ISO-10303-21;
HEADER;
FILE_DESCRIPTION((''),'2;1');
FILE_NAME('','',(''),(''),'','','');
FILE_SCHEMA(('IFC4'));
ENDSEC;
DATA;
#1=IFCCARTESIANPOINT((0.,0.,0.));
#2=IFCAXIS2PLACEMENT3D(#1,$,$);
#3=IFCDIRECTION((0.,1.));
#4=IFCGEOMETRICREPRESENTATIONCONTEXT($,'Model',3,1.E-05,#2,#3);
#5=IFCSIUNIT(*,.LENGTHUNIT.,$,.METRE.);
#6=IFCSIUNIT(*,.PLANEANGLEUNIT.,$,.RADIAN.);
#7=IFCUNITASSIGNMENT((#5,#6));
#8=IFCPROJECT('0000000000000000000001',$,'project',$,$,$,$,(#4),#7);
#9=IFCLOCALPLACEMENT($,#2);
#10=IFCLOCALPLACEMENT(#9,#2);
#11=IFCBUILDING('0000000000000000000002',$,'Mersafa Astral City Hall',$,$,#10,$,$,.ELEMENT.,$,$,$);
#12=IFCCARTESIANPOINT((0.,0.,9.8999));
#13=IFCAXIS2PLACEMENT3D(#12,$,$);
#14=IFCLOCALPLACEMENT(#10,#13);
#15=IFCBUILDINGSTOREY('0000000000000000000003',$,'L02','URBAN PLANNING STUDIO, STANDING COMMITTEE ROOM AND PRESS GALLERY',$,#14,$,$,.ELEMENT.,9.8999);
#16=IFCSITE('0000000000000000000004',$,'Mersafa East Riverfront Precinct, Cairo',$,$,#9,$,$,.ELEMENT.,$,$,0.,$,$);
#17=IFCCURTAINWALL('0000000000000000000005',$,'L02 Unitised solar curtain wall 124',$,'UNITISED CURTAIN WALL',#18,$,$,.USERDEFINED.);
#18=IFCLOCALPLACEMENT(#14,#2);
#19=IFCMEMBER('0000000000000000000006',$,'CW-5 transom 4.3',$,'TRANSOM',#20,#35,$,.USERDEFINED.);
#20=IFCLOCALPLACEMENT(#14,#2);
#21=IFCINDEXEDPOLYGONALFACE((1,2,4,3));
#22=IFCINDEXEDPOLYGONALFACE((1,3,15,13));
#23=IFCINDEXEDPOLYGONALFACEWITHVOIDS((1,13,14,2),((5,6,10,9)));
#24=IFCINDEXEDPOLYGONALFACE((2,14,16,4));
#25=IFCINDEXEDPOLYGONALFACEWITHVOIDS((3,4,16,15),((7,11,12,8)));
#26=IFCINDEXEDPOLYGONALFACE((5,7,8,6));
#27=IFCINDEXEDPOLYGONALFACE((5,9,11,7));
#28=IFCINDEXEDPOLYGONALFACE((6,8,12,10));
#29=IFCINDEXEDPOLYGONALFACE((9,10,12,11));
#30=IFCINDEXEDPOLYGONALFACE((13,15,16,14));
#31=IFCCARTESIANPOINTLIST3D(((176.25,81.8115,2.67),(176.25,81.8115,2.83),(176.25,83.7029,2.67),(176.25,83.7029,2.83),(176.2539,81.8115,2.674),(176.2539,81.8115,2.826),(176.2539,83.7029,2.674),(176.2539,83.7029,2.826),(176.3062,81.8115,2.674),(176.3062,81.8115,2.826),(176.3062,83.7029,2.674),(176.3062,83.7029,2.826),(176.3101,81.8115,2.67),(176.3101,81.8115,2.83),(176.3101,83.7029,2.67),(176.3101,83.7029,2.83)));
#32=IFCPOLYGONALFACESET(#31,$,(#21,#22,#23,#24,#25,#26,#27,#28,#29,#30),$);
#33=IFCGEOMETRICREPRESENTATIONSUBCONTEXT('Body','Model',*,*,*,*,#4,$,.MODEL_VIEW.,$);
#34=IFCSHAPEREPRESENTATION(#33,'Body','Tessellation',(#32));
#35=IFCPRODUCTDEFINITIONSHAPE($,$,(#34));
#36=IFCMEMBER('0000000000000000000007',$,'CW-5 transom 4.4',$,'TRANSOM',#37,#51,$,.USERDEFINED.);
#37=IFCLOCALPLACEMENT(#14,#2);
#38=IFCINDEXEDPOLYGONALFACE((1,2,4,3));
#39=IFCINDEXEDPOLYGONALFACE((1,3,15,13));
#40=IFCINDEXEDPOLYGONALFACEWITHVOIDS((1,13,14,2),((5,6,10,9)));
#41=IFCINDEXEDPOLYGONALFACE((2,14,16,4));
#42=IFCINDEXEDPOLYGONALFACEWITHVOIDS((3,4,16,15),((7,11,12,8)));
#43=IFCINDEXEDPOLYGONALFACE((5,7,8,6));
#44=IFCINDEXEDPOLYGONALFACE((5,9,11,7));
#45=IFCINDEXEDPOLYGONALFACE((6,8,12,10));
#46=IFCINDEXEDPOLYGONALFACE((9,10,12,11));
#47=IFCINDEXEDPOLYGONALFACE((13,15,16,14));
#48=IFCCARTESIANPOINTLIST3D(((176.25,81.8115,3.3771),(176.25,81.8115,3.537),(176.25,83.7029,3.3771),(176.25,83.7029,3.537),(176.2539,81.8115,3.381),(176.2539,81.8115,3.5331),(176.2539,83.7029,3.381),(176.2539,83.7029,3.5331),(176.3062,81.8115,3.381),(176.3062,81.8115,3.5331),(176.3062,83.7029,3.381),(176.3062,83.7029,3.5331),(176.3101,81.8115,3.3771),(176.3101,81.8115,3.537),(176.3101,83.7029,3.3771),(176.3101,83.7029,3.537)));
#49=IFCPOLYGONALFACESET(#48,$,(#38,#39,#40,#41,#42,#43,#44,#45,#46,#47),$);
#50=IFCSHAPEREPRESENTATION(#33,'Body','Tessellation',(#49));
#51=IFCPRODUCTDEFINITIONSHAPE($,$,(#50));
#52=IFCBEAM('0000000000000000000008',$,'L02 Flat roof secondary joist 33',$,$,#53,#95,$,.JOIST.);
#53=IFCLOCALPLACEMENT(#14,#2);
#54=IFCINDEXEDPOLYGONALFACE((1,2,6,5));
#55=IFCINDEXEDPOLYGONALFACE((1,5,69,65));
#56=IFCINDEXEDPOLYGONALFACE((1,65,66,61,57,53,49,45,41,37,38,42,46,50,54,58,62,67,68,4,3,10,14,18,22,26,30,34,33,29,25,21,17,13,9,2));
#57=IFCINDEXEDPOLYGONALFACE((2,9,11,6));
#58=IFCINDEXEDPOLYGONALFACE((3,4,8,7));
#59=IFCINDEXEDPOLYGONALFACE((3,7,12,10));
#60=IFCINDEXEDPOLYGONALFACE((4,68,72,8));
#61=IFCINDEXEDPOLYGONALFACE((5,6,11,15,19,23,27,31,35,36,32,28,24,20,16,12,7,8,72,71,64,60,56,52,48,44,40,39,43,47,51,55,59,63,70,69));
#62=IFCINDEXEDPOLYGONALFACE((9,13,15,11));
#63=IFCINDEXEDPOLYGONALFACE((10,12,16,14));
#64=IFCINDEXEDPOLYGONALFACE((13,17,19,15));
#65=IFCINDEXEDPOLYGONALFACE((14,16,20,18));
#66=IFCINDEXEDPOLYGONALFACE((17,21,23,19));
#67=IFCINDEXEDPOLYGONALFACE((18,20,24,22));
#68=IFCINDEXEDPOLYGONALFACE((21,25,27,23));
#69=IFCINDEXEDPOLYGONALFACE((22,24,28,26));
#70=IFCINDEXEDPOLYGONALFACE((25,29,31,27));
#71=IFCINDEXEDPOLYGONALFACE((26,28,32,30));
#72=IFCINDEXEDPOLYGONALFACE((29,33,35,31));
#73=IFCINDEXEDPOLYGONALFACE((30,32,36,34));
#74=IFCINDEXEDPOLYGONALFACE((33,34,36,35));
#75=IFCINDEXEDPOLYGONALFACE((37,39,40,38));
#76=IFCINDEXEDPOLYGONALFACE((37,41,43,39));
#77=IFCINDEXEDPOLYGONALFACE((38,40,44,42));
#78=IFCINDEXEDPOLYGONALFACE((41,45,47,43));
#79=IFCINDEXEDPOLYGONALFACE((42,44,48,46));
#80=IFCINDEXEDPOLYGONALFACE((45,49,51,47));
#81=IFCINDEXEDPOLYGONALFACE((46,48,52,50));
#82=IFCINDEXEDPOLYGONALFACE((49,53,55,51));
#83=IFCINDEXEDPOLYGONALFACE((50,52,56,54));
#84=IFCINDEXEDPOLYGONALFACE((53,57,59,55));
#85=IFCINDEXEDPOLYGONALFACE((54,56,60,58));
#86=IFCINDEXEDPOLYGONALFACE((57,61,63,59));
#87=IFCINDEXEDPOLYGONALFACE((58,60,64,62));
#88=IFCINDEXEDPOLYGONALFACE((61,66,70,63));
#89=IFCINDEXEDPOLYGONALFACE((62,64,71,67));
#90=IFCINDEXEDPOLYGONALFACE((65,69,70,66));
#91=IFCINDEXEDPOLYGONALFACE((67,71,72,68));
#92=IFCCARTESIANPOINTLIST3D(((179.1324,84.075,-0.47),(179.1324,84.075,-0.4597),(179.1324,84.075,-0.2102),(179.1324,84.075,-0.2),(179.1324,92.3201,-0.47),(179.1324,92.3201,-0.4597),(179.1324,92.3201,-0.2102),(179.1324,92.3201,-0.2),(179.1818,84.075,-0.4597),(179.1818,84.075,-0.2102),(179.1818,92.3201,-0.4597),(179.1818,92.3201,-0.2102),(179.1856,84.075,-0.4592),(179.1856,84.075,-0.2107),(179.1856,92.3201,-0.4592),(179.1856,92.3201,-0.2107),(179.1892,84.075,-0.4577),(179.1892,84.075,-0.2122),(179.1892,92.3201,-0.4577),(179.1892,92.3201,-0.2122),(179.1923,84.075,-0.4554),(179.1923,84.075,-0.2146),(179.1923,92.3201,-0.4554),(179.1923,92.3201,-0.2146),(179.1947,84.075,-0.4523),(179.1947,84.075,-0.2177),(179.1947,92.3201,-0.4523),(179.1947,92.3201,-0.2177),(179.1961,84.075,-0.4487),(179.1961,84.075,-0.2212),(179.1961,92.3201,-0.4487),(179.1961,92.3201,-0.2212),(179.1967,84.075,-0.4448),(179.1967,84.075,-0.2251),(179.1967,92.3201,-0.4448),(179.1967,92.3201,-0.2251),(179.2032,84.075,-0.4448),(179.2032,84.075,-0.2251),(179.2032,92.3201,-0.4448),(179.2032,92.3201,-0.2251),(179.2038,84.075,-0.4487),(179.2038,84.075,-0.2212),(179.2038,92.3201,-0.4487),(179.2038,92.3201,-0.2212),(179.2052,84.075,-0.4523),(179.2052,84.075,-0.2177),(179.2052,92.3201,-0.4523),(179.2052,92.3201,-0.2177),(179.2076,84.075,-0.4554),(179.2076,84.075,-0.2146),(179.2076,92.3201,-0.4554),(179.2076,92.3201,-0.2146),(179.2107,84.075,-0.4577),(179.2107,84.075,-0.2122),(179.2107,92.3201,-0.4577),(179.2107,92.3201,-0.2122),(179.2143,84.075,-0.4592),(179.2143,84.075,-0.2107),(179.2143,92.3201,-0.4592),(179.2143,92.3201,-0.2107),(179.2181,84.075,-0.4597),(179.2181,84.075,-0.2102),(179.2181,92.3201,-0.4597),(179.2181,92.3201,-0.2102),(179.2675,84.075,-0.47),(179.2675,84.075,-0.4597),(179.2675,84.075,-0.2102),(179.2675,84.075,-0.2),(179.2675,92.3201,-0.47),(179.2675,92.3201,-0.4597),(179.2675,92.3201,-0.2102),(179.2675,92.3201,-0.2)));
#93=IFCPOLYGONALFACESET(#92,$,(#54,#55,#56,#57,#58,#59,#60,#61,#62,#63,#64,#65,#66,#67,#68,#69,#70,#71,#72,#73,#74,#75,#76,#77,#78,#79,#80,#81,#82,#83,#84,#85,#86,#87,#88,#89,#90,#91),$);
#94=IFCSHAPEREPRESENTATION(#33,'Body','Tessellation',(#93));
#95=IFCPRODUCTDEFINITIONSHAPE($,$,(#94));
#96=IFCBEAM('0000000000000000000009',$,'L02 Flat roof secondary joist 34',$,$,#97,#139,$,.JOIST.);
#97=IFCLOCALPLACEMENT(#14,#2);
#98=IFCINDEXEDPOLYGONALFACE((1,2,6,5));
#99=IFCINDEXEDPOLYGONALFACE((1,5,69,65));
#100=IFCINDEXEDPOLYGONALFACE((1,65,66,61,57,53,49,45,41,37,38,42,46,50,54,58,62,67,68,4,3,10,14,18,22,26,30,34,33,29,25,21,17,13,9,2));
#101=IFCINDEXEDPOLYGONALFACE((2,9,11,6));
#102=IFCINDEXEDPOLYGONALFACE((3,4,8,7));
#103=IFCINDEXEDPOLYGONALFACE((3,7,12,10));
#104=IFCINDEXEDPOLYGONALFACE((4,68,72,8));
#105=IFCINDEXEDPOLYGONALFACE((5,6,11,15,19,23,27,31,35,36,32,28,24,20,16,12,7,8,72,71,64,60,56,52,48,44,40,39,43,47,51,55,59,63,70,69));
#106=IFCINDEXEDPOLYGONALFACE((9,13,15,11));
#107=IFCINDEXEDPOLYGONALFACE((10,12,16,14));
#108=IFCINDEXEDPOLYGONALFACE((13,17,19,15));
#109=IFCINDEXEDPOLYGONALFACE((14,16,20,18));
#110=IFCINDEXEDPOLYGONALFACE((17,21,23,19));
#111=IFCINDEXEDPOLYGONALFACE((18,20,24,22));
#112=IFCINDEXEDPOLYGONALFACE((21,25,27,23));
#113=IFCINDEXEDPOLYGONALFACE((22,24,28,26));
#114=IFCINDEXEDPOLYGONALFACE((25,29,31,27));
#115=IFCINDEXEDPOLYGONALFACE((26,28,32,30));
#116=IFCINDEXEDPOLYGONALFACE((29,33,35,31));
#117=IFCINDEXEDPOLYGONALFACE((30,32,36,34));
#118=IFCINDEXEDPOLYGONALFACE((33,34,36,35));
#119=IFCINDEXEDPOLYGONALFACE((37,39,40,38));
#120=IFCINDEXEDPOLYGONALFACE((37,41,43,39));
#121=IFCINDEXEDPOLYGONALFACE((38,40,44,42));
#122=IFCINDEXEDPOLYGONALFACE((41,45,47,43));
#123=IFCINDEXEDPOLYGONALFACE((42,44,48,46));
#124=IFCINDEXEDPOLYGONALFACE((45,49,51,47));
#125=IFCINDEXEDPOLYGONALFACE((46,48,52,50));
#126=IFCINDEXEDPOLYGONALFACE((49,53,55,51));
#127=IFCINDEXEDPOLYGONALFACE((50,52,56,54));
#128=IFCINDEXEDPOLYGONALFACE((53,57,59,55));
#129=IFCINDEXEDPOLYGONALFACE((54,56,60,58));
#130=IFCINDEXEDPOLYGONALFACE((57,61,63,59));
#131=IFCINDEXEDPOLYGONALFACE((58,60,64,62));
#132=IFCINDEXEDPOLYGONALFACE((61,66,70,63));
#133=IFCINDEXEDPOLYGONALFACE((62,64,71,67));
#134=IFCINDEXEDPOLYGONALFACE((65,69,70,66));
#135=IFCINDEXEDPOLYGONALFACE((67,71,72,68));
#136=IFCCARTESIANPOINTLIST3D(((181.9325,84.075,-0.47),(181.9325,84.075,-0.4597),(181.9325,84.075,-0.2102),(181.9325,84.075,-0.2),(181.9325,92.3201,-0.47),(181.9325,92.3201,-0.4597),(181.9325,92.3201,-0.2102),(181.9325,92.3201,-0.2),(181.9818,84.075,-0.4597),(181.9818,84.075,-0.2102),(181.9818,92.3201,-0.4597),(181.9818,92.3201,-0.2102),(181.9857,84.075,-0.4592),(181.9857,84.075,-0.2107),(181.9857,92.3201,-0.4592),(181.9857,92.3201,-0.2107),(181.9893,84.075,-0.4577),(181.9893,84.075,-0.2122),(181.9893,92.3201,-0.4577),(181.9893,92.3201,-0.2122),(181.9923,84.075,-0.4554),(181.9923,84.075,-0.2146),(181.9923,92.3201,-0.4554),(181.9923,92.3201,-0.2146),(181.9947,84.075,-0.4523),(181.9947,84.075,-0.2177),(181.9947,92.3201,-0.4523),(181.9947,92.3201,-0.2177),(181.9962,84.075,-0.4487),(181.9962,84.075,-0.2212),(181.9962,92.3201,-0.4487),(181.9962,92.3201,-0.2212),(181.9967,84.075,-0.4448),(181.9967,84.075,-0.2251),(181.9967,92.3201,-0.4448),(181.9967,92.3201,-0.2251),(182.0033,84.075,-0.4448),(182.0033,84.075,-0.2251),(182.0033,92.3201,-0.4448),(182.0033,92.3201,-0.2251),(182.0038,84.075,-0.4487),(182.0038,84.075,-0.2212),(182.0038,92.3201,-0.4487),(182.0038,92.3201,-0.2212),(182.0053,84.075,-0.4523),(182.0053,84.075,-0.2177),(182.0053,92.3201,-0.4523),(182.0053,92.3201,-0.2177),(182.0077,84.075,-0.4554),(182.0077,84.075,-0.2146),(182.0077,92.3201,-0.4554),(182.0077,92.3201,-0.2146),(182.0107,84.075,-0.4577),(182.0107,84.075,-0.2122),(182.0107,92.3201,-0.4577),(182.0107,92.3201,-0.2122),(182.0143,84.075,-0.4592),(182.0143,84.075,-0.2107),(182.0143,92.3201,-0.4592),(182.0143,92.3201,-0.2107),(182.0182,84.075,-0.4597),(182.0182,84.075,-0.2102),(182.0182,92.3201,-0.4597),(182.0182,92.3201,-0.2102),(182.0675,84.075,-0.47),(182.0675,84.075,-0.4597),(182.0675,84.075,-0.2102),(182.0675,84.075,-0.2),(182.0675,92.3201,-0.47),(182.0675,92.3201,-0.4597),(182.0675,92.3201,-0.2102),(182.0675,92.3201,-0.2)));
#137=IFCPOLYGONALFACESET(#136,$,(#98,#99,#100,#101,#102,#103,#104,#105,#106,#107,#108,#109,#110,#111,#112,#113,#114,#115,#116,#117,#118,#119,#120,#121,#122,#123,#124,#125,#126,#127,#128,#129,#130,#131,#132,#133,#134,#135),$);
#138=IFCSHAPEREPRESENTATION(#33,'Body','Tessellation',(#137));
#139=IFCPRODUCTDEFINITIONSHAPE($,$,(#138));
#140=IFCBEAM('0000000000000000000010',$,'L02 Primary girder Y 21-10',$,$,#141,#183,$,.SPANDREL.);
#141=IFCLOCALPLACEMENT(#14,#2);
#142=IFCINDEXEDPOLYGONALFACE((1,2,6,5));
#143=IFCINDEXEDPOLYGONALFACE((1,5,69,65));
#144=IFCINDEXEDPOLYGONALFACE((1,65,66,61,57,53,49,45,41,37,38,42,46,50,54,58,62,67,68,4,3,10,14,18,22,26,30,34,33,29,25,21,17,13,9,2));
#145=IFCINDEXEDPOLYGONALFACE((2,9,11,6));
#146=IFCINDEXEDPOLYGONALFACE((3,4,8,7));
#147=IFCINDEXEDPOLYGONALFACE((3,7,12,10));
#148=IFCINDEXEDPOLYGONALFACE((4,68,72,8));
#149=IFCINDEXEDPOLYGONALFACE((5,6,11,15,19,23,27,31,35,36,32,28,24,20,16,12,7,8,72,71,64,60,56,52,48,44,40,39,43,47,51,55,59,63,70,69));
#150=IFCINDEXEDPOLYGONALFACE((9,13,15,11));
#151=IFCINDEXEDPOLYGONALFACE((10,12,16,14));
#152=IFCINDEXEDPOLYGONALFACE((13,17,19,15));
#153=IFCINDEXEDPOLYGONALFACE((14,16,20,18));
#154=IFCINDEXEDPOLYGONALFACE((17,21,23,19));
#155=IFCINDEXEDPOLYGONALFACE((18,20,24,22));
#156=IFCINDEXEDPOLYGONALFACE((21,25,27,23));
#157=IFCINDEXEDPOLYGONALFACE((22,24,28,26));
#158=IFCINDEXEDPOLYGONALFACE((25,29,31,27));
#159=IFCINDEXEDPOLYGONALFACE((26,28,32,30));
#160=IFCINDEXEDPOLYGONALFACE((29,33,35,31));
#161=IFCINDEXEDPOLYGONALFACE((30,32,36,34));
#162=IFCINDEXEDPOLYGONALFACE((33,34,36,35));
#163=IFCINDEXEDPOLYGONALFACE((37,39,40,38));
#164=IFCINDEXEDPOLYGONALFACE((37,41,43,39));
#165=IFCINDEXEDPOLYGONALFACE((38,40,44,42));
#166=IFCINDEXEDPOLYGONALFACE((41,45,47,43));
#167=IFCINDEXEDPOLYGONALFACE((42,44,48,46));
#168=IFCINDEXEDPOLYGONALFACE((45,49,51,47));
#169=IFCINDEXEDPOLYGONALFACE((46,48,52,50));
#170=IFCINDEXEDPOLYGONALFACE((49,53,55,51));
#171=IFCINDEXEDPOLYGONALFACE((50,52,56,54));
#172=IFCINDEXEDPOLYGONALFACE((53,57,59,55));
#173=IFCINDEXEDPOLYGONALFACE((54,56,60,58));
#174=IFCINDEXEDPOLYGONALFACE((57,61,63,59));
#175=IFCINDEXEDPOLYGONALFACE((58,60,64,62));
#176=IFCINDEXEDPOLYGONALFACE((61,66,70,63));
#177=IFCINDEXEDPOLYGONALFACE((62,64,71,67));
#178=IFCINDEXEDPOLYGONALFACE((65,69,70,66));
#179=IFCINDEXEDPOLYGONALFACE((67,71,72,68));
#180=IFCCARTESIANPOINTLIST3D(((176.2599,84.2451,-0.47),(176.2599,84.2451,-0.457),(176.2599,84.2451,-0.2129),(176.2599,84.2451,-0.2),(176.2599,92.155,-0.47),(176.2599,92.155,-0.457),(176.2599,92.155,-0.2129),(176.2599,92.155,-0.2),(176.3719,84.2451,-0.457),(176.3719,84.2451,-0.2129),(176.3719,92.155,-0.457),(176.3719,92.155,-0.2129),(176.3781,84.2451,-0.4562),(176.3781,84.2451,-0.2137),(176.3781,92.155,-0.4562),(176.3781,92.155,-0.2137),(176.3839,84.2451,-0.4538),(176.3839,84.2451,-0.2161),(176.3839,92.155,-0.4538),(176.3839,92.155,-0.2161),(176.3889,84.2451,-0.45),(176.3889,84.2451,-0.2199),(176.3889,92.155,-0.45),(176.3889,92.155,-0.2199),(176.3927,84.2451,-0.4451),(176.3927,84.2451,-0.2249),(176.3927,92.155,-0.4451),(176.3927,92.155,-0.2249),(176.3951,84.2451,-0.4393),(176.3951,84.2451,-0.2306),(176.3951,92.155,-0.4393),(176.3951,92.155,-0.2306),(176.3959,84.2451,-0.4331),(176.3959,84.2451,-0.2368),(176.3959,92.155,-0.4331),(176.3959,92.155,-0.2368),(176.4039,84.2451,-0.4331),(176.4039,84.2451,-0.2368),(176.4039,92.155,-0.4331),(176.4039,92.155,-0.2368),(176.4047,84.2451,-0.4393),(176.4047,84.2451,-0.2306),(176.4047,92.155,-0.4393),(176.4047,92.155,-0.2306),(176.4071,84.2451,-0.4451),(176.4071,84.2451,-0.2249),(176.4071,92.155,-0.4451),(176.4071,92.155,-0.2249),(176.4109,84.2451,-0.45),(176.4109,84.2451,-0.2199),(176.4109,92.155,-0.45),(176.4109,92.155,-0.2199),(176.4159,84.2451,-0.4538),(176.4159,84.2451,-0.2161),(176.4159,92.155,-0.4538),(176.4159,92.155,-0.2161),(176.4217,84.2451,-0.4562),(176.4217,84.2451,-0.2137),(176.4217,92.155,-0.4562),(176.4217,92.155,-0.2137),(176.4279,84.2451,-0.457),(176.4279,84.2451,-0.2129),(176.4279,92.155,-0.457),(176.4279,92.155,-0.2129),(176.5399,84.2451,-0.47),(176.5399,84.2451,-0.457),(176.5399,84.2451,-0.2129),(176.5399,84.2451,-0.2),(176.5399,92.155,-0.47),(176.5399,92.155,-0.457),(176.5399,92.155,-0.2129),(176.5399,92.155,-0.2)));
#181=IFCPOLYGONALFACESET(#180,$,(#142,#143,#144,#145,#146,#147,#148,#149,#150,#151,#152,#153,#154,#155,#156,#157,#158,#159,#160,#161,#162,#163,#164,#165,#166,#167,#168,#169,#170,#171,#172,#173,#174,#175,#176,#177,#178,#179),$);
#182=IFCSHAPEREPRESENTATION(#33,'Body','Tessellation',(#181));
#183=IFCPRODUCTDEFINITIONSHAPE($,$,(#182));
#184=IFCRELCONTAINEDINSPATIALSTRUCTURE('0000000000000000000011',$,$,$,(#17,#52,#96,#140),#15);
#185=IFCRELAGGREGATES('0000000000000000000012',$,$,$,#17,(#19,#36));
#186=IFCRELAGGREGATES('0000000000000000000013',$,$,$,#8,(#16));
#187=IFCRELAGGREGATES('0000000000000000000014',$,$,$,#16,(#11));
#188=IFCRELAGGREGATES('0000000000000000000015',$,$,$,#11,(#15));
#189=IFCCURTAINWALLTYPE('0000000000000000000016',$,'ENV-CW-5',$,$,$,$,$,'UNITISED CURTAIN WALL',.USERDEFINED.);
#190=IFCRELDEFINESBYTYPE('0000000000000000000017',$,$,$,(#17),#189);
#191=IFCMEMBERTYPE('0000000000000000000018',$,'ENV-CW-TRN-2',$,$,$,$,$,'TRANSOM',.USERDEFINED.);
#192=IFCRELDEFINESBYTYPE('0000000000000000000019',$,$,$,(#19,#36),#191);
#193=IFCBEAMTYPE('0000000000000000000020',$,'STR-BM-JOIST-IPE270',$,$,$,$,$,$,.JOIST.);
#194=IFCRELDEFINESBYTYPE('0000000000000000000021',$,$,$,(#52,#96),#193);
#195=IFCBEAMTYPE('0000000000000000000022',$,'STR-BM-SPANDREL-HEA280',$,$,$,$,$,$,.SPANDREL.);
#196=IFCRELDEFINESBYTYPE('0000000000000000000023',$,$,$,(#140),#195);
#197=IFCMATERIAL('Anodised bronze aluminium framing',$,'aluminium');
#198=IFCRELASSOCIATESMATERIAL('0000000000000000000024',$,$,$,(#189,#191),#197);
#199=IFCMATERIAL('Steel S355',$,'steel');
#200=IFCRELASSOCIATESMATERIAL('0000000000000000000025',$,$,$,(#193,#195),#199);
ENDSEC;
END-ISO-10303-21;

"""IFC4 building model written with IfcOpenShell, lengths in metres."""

from ifc_helpers import new_model, si_unit, direction, frame, origin, origin_2d, place, context, subcontext, project, spatial, hollow_rectangle, i_section, extrude, material, material_profile, profile_set, type_object, element, aggregate, save


model = new_model("IFC4")

# Units and contexts
model_context = context("Model", 3, precision=1e-05, world=origin(), true_north=direction((0.0, 1.0)))
body_context = subcontext(model_context, "Body", "Model", "MODEL_VIEW")
ifc_project = project(units=[si_unit("LENGTHUNIT", "METRE"), si_unit("PLANEANGLEUNIT", "RADIAN")], contexts=[model_context])

# Site, building, storey
site_placement = place(None, origin())
site = spatial("IfcSite", under=ifc_project, at=site_placement, Name="Mersafa East Riverfront Precinct, Cairo", CompositionType="ELEMENT", RefElevation=0.0)
building_placement = place(site_placement, origin())
building = spatial("IfcBuilding", under=site, at=building_placement, Name="Mersafa Astral City Hall", CompositionType="ELEMENT")
storey_placement = place(building_placement, frame((0.0, 0.0, 9.8999)))
storey = spatial("IfcBuildingStorey", under=building, at=storey_placement, Name="L02", Description="URBAN PLANNING STUDIO, STANDING COMMITTEE ROOM AND PRESS GALLERY", CompositionType="ELEMENT", Elevation=9.8999)

# Shared definitions
ifc_material_1 = material(Name="Steel S355", Category="steel")

# Curtain wall
ifc_material_2 = material(Name="Anodised bronze aluminium framing", Category="aluminium")
curtain_wall_type_1 = type_object("IfcCurtainWallType", Name="ENV-CW-5", ElementType="UNITISED CURTAIN WALL", PredefinedType="USERDEFINED", material=ifc_material_2)
curtain_wall_1_placement = place(storey_placement, origin())
curtain_wall_1 = element("IfcCurtainWall", 1, at=curtain_wall_1_placement, inside=storey, type_object=curtain_wall_type_1, Name="L02 Unitised solar curtain wall 124", ObjectType="UNITISED CURTAIN WALL", PredefinedType="USERDEFINED")

# Members
ifc_material_profile_1 = material_profile(ifc_material_2, hollow_rectangle(XDim=0.0601, YDim=0.1599, WallThickness=0.0039, at=origin_2d()), Name="RHS 60x160x4")
ifc_profile_set_1 = profile_set([ifc_material_profile_1], Name="Anodised bronze aluminium framing")
member_type_1 = type_object("IfcMemberType", Name="ENV-CW-TRN-2", ElementType="TRANSOM", PredefinedType="USERDEFINED", material=ifc_profile_set_1)
member_1_placement = place(storey_placement, frame((176.28, 81.8115, 2.75), z_axis=(0.0, 1.0, 0.0), x_axis=(-1.0, 0.0, 0.0)))
member_1 = element("IfcMember", 2, at=member_1_placement, type_object=member_type_1, Name="CW-5 transom 4.3", ObjectType="TRANSOM", PredefinedType="USERDEFINED", context=body_context, shape_type="SweptSolid", body=[
    extrude(hollow_rectangle(XDim=0.0601, YDim=0.1599, WallThickness=0.0039, at=origin_2d()), origin(), (0.0, 0.0, 1.0), 1.8914),
])
member_2_placement = place(storey_placement, frame((176.28, 81.8115, 3.457), z_axis=(0.0, 1.0, 0.0), x_axis=(-1.0, 0.0, 0.0)))
member_2 = element("IfcMember", 3, at=member_2_placement, type_object=member_type_1, Name="CW-5 transom 4.4", ObjectType="TRANSOM", PredefinedType="USERDEFINED", context=body_context, shape_type="SweptSolid", body=[
    extrude(hollow_rectangle(XDim=0.0601, YDim=0.1599, WallThickness=0.0039, at=origin_2d()), origin(), (0.0, 0.0, 1.0), 1.8914),
])

# Beams
ifc_material_profile_2 = material_profile(ifc_material_1, i_section(OverallWidth=0.135, OverallDepth=0.27, WebThickness=0.0066, FlangeThickness=0.0103, FilletRadius=0.0149, at=origin_2d()), Name="IPE 270")
ifc_profile_set_2 = profile_set([ifc_material_profile_2], Name="Steel S355")
beam_type_1 = type_object("IfcBeamType", Name="STR-BM-JOIST-IPE270", PredefinedType="JOIST", material=ifc_profile_set_2)
for number, where, z_axis, x_axis, name in (
    (4, (179.2, 84.075, -0.335), (0.0, 1.0, 0.0), (-1.0, 0.0, 0.0), "L02 Flat roof secondary joist 33"),
    (5, (182.0, 84.075, -0.335), (0.0, 1.0, 0.0), (-1.0, 0.0, 0.0), "L02 Flat roof secondary joist 34"),
):
    element("IfcBeam", number, at=place(storey_placement, frame(where, z_axis=z_axis, x_axis=x_axis)), inside=storey, type_object=beam_type_1, Name=name, PredefinedType="JOIST", context=body_context, shape_type="SweptSolid", body=[
        extrude(i_section(OverallWidth=0.135, OverallDepth=0.27, WebThickness=0.0066, FlangeThickness=0.0103, FilletRadius=0.0149, at=origin_2d()), origin(), (0.0, 0.0, 1.0), 8.2451),
    ])
ifc_material_profile_3 = material_profile(ifc_material_1, i_section(OverallWidth=0.28, OverallDepth=0.27, WebThickness=0.0081, FlangeThickness=0.0129, FilletRadius=0.0239, at=origin_2d()), Name="HEA 280")
ifc_profile_set_3 = profile_set([ifc_material_profile_3], Name="Steel S355")
beam_type_2 = type_object("IfcBeamType", Name="STR-BM-SPANDREL-HEA280", PredefinedType="SPANDREL", material=ifc_profile_set_3)
beam_1_placement = place(storey_placement, frame((176.3999, 84.2451, -0.335), z_axis=(0.0, 1.0, 0.0), x_axis=(-1.0, 0.0, 0.0)))
element("IfcBeam", 6, at=beam_1_placement, inside=storey, type_object=beam_type_2, Name="L02 Primary girder Y 21-10", PredefinedType="SPANDREL", context=body_context, shape_type="SweptSolid", body=[
    extrude(i_section(OverallWidth=0.28, OverallDepth=0.27, WebThickness=0.0081, FlangeThickness=0.0129, FilletRadius=0.0239, at=origin_2d()), origin(), (0.0, 0.0, 1.0), 7.9099),
])

aggregate(curtain_wall_1, [member_1, member_2])

save(model, "model.ifc")
